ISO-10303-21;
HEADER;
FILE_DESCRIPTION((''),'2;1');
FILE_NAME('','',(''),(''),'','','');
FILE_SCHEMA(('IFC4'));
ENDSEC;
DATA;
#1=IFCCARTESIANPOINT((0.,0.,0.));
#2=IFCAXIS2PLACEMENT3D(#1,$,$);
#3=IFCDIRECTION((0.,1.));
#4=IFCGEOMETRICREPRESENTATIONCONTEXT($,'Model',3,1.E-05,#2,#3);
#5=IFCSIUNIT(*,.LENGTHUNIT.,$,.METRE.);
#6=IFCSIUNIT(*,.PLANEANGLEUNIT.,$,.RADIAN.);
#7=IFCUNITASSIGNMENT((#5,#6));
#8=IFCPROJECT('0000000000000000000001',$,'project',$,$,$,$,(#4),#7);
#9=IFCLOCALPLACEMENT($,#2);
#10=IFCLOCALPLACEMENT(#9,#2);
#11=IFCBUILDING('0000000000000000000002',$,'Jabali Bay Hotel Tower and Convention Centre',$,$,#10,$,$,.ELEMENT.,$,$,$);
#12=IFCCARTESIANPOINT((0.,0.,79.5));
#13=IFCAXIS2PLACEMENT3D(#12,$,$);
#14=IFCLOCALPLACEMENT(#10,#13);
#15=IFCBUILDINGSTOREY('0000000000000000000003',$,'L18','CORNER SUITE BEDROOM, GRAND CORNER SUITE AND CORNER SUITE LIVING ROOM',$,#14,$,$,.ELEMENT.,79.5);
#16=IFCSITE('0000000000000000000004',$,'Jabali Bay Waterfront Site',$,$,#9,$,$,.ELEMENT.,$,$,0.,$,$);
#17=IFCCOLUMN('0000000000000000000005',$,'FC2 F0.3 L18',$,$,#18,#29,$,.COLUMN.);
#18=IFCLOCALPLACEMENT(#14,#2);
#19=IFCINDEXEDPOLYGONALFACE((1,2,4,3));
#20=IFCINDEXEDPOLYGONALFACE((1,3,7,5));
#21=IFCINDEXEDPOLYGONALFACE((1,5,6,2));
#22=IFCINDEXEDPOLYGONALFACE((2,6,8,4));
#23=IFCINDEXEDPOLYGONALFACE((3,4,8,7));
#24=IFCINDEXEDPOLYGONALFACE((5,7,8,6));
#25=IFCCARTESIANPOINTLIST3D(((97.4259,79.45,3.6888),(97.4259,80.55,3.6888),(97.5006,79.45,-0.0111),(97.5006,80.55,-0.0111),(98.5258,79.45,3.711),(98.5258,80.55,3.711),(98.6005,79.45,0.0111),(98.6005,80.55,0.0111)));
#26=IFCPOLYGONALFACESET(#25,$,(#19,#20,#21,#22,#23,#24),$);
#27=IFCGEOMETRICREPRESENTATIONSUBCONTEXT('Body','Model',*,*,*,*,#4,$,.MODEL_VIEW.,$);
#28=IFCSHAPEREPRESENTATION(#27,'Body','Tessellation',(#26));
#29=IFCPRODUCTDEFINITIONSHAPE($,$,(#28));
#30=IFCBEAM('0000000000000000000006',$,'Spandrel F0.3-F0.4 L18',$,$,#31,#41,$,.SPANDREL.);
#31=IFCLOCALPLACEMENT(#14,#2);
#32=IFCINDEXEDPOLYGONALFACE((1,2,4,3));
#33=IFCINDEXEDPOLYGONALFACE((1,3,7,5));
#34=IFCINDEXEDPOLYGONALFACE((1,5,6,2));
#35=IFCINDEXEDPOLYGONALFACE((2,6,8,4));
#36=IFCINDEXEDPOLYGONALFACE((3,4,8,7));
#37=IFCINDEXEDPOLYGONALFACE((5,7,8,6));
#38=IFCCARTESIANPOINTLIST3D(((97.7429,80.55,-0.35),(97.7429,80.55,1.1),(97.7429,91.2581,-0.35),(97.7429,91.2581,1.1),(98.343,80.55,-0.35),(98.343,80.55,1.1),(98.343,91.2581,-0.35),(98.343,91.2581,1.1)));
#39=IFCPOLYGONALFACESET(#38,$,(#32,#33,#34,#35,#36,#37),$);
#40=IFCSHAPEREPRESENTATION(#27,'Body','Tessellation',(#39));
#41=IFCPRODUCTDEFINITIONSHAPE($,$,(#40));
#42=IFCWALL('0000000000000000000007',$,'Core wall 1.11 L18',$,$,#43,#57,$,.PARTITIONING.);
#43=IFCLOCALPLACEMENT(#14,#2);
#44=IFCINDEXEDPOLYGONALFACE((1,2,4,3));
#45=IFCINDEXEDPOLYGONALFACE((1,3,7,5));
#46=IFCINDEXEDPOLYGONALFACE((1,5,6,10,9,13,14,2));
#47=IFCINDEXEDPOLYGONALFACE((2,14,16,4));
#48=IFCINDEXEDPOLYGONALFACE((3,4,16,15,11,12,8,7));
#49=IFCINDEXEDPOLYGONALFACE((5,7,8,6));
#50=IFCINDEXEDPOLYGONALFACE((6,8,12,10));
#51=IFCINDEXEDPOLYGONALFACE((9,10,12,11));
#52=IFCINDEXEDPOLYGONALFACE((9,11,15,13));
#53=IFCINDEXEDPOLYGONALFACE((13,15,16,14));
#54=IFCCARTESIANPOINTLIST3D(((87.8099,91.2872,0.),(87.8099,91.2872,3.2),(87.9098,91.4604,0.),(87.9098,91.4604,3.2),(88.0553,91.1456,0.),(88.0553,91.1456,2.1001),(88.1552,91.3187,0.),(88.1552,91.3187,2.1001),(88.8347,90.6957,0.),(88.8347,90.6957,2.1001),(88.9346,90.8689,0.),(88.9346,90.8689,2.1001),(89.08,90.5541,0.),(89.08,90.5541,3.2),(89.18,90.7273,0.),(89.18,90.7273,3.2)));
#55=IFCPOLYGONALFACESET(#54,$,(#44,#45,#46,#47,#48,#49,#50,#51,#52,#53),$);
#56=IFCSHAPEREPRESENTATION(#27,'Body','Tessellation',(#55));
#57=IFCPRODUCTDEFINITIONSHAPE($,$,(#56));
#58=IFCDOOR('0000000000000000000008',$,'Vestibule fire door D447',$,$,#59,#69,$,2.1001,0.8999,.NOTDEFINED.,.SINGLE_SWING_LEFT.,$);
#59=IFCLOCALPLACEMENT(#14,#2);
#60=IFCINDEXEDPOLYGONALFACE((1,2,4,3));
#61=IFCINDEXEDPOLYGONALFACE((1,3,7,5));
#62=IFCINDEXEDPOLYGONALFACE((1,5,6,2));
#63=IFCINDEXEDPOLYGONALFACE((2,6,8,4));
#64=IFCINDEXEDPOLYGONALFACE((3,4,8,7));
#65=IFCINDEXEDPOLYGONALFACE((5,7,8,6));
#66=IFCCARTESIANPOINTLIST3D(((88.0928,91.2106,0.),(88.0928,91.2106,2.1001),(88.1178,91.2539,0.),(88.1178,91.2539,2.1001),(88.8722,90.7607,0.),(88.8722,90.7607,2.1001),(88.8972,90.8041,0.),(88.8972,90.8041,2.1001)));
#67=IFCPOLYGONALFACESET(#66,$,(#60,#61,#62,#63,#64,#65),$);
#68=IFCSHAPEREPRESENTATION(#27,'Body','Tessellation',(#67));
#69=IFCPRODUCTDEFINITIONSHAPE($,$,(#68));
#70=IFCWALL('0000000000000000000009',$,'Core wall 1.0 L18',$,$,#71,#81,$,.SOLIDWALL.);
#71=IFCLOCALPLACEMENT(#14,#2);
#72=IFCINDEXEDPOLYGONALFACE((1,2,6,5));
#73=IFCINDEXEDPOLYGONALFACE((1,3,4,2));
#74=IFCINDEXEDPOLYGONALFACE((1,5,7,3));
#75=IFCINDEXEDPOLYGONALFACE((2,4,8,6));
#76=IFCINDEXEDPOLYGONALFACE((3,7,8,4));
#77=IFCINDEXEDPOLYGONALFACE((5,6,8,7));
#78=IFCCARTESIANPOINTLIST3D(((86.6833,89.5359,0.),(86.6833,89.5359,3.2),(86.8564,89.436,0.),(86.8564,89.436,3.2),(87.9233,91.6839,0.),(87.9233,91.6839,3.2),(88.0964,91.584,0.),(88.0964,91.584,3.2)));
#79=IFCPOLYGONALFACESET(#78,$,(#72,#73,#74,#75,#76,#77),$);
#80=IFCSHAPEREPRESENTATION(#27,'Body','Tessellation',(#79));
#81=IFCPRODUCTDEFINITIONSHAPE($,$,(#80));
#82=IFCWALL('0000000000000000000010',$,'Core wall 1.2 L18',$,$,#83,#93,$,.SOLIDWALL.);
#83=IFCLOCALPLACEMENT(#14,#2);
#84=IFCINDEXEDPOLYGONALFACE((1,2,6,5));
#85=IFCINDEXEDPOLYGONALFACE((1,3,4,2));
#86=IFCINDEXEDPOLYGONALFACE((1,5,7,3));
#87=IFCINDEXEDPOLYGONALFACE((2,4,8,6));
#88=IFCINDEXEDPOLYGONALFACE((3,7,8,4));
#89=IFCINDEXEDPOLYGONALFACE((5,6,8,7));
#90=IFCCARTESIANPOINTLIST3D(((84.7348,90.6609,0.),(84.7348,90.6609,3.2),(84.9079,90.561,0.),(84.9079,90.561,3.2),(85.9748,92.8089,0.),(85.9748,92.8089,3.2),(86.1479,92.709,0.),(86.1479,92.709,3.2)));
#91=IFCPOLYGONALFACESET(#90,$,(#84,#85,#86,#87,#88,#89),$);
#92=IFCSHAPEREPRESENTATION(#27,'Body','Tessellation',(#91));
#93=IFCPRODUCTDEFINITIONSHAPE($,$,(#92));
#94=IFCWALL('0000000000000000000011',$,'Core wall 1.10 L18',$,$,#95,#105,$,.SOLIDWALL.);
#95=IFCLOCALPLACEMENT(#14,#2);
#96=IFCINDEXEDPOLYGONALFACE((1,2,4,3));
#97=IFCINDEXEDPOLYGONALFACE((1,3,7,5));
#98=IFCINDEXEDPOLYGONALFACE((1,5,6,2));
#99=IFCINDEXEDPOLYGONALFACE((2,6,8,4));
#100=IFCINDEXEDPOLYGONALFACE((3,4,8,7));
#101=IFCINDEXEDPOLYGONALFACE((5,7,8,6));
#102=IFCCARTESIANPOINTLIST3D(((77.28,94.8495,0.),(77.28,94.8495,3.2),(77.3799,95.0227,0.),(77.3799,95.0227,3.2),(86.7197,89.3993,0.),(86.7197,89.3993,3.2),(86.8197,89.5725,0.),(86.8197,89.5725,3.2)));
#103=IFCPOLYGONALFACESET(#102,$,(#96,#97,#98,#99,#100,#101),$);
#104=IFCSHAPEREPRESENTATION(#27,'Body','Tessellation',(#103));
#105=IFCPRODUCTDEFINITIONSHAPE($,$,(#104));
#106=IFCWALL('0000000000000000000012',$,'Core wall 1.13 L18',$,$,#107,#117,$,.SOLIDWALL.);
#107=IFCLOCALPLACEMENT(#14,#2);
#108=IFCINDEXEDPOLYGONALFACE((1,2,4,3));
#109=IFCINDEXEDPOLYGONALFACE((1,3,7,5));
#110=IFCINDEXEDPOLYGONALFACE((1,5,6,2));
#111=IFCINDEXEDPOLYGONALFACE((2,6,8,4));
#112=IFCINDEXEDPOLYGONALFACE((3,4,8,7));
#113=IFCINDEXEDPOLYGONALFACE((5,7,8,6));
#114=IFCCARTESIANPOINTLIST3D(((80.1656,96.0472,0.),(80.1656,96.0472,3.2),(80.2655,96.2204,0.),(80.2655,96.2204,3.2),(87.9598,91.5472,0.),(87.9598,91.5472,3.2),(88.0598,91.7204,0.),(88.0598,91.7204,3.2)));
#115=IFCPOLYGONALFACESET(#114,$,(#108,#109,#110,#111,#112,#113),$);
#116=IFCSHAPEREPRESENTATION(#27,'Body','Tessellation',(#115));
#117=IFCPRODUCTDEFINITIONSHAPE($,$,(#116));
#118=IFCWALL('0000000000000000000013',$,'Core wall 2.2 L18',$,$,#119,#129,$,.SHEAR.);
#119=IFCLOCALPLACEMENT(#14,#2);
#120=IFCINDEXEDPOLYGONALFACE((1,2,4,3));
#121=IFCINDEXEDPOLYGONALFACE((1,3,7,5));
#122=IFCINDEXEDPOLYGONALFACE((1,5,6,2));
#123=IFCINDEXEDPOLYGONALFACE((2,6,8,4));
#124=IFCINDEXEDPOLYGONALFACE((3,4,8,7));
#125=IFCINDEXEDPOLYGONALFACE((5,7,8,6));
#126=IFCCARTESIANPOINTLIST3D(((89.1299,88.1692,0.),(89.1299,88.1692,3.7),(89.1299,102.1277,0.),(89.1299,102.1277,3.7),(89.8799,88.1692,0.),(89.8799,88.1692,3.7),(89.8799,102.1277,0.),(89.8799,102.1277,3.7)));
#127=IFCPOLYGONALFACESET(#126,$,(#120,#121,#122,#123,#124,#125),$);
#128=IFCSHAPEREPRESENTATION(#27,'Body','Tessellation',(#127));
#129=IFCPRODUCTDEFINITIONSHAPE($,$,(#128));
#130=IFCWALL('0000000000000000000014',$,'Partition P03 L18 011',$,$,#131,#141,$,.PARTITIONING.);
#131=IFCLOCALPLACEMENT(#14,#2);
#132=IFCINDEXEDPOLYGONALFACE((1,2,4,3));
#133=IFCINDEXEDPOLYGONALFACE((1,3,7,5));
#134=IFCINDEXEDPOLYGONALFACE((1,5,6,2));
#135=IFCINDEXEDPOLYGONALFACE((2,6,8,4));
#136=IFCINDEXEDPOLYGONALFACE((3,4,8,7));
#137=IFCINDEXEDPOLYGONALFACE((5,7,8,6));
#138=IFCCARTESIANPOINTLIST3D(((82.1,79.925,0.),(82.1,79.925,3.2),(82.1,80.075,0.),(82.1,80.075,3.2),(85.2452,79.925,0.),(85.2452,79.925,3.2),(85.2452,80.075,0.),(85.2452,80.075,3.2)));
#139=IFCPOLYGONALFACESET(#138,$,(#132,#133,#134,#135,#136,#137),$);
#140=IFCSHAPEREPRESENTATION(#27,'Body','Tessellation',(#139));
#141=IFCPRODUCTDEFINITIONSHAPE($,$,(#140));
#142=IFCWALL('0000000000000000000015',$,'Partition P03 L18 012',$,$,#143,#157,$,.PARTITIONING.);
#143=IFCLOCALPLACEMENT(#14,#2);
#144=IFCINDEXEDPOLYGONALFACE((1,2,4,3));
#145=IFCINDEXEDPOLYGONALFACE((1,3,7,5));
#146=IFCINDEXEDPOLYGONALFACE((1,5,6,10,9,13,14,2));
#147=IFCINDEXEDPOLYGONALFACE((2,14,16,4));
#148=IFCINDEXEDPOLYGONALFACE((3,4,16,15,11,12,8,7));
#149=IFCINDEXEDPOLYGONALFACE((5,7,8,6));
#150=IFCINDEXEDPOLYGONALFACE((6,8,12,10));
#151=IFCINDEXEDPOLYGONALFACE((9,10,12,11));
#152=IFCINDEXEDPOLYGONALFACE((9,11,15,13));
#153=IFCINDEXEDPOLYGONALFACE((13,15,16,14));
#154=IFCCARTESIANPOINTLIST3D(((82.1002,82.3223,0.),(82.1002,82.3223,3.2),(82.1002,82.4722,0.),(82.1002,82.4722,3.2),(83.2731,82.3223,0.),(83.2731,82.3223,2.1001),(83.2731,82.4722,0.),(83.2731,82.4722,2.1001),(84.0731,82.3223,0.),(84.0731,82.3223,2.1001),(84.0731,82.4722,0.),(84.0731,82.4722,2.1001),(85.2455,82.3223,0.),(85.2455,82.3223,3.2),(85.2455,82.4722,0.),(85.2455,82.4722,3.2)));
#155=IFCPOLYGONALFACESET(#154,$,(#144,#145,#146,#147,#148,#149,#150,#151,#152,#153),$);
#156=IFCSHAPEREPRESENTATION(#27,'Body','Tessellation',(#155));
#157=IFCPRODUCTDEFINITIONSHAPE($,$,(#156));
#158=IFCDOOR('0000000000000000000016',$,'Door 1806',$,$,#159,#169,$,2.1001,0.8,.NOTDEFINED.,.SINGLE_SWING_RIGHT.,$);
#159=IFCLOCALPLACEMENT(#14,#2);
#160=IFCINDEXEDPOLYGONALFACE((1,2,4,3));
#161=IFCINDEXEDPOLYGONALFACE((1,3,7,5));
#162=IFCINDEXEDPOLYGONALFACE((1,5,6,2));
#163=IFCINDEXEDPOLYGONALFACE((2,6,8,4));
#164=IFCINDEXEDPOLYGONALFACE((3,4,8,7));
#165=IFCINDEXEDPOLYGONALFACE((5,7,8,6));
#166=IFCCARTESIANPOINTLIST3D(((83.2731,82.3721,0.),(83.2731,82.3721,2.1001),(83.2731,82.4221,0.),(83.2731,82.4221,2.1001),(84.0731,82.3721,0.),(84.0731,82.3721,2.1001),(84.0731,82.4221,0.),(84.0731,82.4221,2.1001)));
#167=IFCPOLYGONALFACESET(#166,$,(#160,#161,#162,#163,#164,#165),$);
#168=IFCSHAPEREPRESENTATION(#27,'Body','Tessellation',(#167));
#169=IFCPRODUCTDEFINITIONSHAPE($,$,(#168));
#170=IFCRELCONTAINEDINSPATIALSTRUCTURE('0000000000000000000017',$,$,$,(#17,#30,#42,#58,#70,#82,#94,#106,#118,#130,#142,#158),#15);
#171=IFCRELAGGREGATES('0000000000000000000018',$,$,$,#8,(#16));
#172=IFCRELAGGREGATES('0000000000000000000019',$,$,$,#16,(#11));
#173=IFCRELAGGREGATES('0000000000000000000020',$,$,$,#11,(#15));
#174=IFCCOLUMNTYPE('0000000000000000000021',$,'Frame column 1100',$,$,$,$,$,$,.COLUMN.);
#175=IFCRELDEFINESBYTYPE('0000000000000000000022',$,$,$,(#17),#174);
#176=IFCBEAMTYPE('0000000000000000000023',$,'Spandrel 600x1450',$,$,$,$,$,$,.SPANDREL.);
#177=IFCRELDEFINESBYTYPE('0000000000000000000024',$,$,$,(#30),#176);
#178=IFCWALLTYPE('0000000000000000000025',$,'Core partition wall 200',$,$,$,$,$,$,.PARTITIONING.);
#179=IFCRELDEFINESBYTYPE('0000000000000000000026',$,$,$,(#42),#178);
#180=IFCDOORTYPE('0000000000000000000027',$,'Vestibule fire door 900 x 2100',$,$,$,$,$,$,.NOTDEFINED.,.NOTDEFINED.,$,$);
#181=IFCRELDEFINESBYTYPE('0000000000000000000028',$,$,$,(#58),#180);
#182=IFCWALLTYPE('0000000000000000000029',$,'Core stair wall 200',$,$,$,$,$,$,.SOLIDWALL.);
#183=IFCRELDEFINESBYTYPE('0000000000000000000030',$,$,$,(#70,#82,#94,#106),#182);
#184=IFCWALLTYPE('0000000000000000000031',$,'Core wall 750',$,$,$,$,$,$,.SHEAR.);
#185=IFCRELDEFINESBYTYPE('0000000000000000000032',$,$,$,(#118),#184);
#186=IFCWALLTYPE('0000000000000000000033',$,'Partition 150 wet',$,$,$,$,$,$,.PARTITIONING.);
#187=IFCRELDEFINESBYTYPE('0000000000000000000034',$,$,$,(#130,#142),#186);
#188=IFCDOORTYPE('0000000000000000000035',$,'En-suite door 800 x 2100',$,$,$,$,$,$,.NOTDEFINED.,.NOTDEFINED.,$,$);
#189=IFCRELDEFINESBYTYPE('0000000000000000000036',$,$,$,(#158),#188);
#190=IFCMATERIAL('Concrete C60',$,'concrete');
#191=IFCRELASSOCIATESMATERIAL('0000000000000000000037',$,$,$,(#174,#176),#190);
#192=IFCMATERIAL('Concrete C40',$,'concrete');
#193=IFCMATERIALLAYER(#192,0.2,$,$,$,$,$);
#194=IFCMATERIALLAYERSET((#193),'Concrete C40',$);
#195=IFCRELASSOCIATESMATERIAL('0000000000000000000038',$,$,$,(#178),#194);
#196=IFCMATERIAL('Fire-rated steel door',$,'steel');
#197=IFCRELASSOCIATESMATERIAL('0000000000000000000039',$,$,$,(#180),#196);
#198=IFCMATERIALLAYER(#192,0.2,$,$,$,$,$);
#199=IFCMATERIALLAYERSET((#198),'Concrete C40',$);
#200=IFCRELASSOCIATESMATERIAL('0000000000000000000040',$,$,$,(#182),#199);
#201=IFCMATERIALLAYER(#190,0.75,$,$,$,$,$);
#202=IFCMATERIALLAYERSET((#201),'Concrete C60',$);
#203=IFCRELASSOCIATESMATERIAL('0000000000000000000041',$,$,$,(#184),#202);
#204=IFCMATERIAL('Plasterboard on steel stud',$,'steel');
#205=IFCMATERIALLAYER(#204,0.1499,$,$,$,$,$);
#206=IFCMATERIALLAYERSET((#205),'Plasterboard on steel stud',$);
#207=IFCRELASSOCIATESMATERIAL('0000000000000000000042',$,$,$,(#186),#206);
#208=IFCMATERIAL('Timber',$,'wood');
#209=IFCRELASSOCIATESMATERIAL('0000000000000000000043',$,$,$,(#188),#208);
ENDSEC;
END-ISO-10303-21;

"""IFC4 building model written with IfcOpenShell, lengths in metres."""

from ifc_helpers import new_model, si_unit, direction, frame, frame_2d, origin, origin_2d, place, context, subcontext, project, spatial, rectangle, extrude, material, layer, layer_set, material_profile, profile_set, type_object, element, fill, save


model = new_model("IFC4")

# Units and contexts
model_context = context("Model", 3, precision=1e-05, world=origin(), true_north=direction((0.0, 1.0)))
body_context = subcontext(model_context, "Body", "Model", "MODEL_VIEW")
ifc_project = project(units=[si_unit("LENGTHUNIT", "METRE"), si_unit("PLANEANGLEUNIT", "RADIAN")], contexts=[model_context])

# Site, building, storey
site_placement = place(None, origin())
site = spatial("IfcSite", under=ifc_project, at=site_placement, Name="Jabali Bay Waterfront Site", CompositionType="ELEMENT", RefElevation=0.0)
building_placement = place(site_placement, origin())
building = spatial("IfcBuilding", under=site, at=building_placement, Name="Jabali Bay Hotel Tower and Convention Centre", CompositionType="ELEMENT")
storey_placement = place(building_placement, frame((0.0, 0.0, 79.5)))
storey = spatial("IfcBuildingStorey", under=building, at=storey_placement, Name="L18", Description="CORNER SUITE BEDROOM, GRAND CORNER SUITE AND CORNER SUITE LIVING ROOM", CompositionType="ELEMENT", Elevation=79.5)

# Column
ifc_material_1 = material(Name="Concrete C60", Category="concrete")
ifc_material_profile_1 = material_profile(ifc_material_1, rectangle(XDim=1.1001, YDim=1.1001, at=origin_2d()), Name="Frame column 1100")
ifc_profile_set_1 = profile_set([ifc_material_profile_1], Name="Concrete C60")
column_type = type_object("IfcColumnType", Name="Frame column 1100", PredefinedType="COLUMN", material=ifc_profile_set_1)
column_placement = place(storey_placement, frame((98.0505, 80.0, 0.0), z_axis=(-0.020187, 0.0, 0.999796), x_axis=(0.0, -1.0, 0.0)))
element("IfcColumn", 1, at=column_placement, inside=storey, type_object=column_type, Name="FC2 F0.3 L18", PredefinedType="COLUMN", context=body_context, shape_type="SweptSolid", body=[
    extrude(rectangle(XDim=1.1001, YDim=1.1001, at=origin_2d()), origin(), (0.0, 0.0, 1.0), 3.7007),
])

# Beam
ifc_material_profile_2 = material_profile(ifc_material_1, rectangle(XDim=0.6001, YDim=1.45, at=origin_2d()), Name="Spandrel 600x1450")
ifc_profile_set_2 = profile_set([ifc_material_profile_2], Name="Concrete C60")
beam_type = type_object("IfcBeamType", Name="Spandrel 600x1450", PredefinedType="SPANDREL", material=ifc_profile_set_2)
beam_placement = place(storey_placement, frame((98.043, 80.55, 0.375), z_axis=(0.0, 1.0, 0.0), x_axis=(-1.0, 0.0, 0.0)))
element("IfcBeam", 2, at=beam_placement, inside=storey, type_object=beam_type, Name="Spandrel F0.3-F0.4 L18", PredefinedType="SPANDREL", context=body_context, shape_type="SweptSolid", body=[
    extrude(rectangle(XDim=0.6001, YDim=1.45, at=origin_2d()), origin(), (0.0, 0.0, 1.0), 10.708),
])

# Wall, opening, door
ifc_material_2 = material(Name="Concrete C40", Category="concrete")
ifc_layer_1 = layer(ifc_material_2, 0.2)
ifc_layer_set_1 = layer_set([ifc_layer_1], Name="Concrete C40")
wall_type_1 = type_object("IfcWallType", Name="Core partition wall 200", PredefinedType="PARTITIONING", material=ifc_layer_set_1)
wall_1_placement = place(storey_placement, frame((89.1301, 90.6406, 0.0), z_axis=(0.0, 0.0, 1.0), x_axis=(-0.866094, 0.499881, 0.0)))
wall_1 = element("IfcWall", 3, at=wall_1_placement, inside=storey, type_object=wall_type_1, Name="Core wall 1.11 L18", PredefinedType="PARTITIONING", context=body_context, shape_type="SweptSolid", body=[
    extrude(rectangle(XDim=1.4666, YDim=0.2, at=frame_2d((0.7334, 0.0))), origin(), (0.0, 0.0, 1.0), 3.2),
])
opening_1_placement = place(wall_1_placement, frame((0.2834, 0.0, 0.0)))
opening_1 = element("IfcOpeningElement", 4, at=opening_1_placement, cuts=wall_1, PredefinedType="OPENING", context=body_context, shape_type="SweptSolid", body=[
    extrude(rectangle(XDim=0.8999, YDim=2.1001, at=frame_2d((0.45, 1.05))), frame((0.0, 0.1104, 0.0), z_axis=(0.0, -1.0, 0.0), x_axis=(1.0, 0.0, 0.0)), (0.0, 0.0, 1.0), 0.2209),
])
ifc_material_3 = material(Name="Fire-rated steel door", Category="steel")
door_type_1 = type_object("IfcDoorType", Name="Vestibule fire door 900 x 2100", OperationType="NOTDEFINED", PredefinedType="NOTDEFINED", material=ifc_material_3)
door_1_placement = place(opening_1_placement, origin())
door_1 = element("IfcDoor", 5, at=door_1_placement, inside=storey, type_object=door_type_1, Name="Vestibule fire door D447", OperationType="SINGLE_SWING_LEFT", OverallHeight=2.1001, OverallWidth=0.8999, PredefinedType="NOTDEFINED", context=body_context, shape_type="SweptSolid", body=[
    extrude(rectangle(XDim=0.8999, YDim=2.1001, at=frame_2d((0.45, 1.05))), frame((0.0, 0.0249, 0.0), z_axis=(0.0, -1.0, 0.0), x_axis=(1.0, 0.0, 0.0)), (0.0, 0.0, 1.0), 0.05),
])
fill(opening_1, door_1)

# Walls
ifc_layer_2 = layer(ifc_material_2, 0.2)
ifc_layer_set_2 = layer_set([ifc_layer_2], Name="Concrete C40")
wall_type_2 = type_object("IfcWallType", Name="Core stair wall 200", PredefinedType="SOLIDWALL", material=ifc_layer_set_2)
for number, where, z_axis, x_axis, name in (
    (6, (86.7698, 89.4858, 0.0), (0.0, 0.0, 1.0), (0.499961, 0.866048, 0.0), "Core wall 1.0 L18"),
    (7, (84.8213, 90.6108, 0.0), (0.0, 0.0, 1.0), (0.499961, 0.866048, 0.0), "Core wall 1.2 L18"),
):
    element("IfcWall", number, at=place(storey_placement, frame(where, z_axis=z_axis, x_axis=x_axis)), inside=storey, type_object=wall_type_2, Name=name, PredefinedType="SOLIDWALL", context=body_context, shape_type="SweptSolid", body=[
        extrude(rectangle(XDim=2.4802, YDim=0.2, at=frame_2d((1.2402, 0.0))), origin(), (0.0, 0.0, 1.0), 3.2),
    ])
wall_2_placement = place(storey_placement, frame((86.7698, 89.4858, 0.0), z_axis=(0.0, 0.0, 1.0), x_axis=(-0.866018, 0.500013, 0.0)))
element("IfcWall", 8, at=wall_2_placement, inside=storey, type_object=wall_type_2, Name="Core wall 1.10 L18", PredefinedType="SOLIDWALL", context=body_context, shape_type="SweptSolid", body=[
    extrude(rectangle(XDim=10.9001, YDim=0.2, at=frame_2d((5.4502, 0.0))), origin(), (0.0, 0.0, 1.0), 3.2),
])
wall_3_placement = place(storey_placement, frame((88.0098, 91.6338, 0.0), z_axis=(0.0, 0.0, 1.0), x_axis=(-0.866024, 0.500002, 0.0)))
element("IfcWall", 9, at=wall_3_placement, inside=storey, type_object=wall_type_2, Name="Core wall 1.13 L18", PredefinedType="SOLIDWALL", context=body_context, shape_type="SweptSolid", body=[
    extrude(rectangle(XDim=9.0, YDim=0.2, at=frame_2d((4.5, 0.0))), origin(), (0.0, 0.0, 1.0), 3.2),
])
ifc_layer_3 = layer(ifc_material_1, 0.75)
ifc_layer_set_3 = layer_set([ifc_layer_3], Name="Concrete C60")
wall_type_3 = type_object("IfcWallType", Name="Core wall 750", PredefinedType="SHEAR", material=ifc_layer_set_3)
wall_4_placement = place(storey_placement, frame((89.5049, 88.1692, 0.0), z_axis=(0.0, 0.0, 1.0), x_axis=(0.0, 1.0, 0.0)))
element("IfcWall", 10, at=wall_4_placement, inside=storey, type_object=wall_type_3, Name="Core wall 2.2 L18", PredefinedType="SHEAR", context=body_context, shape_type="SweptSolid", body=[
    extrude(rectangle(XDim=13.9585, YDim=0.75, at=frame_2d((6.9792, 0.0))), origin(), (0.0, 0.0, 1.0), 3.7),
])
ifc_material_4 = material(Name="Plasterboard on steel stud", Category="steel")
ifc_layer_4 = layer(ifc_material_4, 0.1499)
ifc_layer_set_4 = layer_set([ifc_layer_4], Name="Plasterboard on steel stud")
wall_type_4 = type_object("IfcWallType", Name="Partition 150 wet", PredefinedType="PARTITIONING", material=ifc_layer_set_4)
wall_5_placement = place(storey_placement, frame((85.2454, 80.0, 0.0), z_axis=(0.0, 0.0, 1.0), x_axis=(-1.0, 0.0, 0.0)))
element("IfcWall", 11, at=wall_5_placement, inside=storey, type_object=wall_type_4, Name="Partition P03 L18 011", PredefinedType="PARTITIONING", context=body_context, shape_type="SweptSolid", body=[
    extrude(rectangle(XDim=3.1453, YDim=0.1499, at=frame_2d((1.5728, 0.0))), origin(), (0.0, 0.0, 1.0), 3.2),
])

# Wall, opening, door
wall_6_placement = place(storey_placement, frame((82.1001, 82.3972, 0.0), z_axis=(0.0, 0.0, 1.0), x_axis=(1.0, 0.0, 0.0)))
wall_6 = element("IfcWall", 12, at=wall_6_placement, inside=storey, type_object=wall_type_4, Name="Partition P03 L18 012", PredefinedType="PARTITIONING", context=body_context, shape_type="SweptSolid", body=[
    extrude(rectangle(XDim=3.1453, YDim=0.1499, at=frame_2d((1.5728, 0.0))), origin(), (0.0, 0.0, 1.0), 3.2),
])
opening_2_placement = place(wall_6_placement, frame((1.1731, 0.0, 0.0)))
opening_2 = element("IfcOpeningElement", 13, at=opening_2_placement, cuts=wall_6, PredefinedType="OPENING", context=body_context, shape_type="SweptSolid", body=[
    extrude(rectangle(XDim=0.8, YDim=2.1001, at=frame_2d((0.3999, 1.05))), frame((0.0, 0.0854, 0.0), z_axis=(0.0, -1.0, 0.0), x_axis=(1.0, 0.0, 0.0)), (0.0, 0.0, 1.0), 0.1709),
])
ifc_material_5 = material(Name="Timber", Category="wood")
door_type_2 = type_object("IfcDoorType", Name="En-suite door 800 x 2100", OperationType="NOTDEFINED", PredefinedType="NOTDEFINED", material=ifc_material_5)
door_2_placement = place(opening_2_placement, origin())
door_2 = element("IfcDoor", 14, at=door_2_placement, inside=storey, type_object=door_type_2, Name="Door 1806", OperationType="SINGLE_SWING_RIGHT", OverallHeight=2.1001, OverallWidth=0.8, PredefinedType="NOTDEFINED", context=body_context, shape_type="SweptSolid", body=[
    extrude(rectangle(XDim=0.8, YDim=2.1001, at=frame_2d((0.3999, 1.05))), frame((0.0, 0.0249, 0.0), z_axis=(0.0, -1.0, 0.0), x_axis=(1.0, 0.0, 0.0)), (0.0, 0.0, 1.0), 0.05),
])
fill(opening_2, door_2)

save(model, "model.ifc")
